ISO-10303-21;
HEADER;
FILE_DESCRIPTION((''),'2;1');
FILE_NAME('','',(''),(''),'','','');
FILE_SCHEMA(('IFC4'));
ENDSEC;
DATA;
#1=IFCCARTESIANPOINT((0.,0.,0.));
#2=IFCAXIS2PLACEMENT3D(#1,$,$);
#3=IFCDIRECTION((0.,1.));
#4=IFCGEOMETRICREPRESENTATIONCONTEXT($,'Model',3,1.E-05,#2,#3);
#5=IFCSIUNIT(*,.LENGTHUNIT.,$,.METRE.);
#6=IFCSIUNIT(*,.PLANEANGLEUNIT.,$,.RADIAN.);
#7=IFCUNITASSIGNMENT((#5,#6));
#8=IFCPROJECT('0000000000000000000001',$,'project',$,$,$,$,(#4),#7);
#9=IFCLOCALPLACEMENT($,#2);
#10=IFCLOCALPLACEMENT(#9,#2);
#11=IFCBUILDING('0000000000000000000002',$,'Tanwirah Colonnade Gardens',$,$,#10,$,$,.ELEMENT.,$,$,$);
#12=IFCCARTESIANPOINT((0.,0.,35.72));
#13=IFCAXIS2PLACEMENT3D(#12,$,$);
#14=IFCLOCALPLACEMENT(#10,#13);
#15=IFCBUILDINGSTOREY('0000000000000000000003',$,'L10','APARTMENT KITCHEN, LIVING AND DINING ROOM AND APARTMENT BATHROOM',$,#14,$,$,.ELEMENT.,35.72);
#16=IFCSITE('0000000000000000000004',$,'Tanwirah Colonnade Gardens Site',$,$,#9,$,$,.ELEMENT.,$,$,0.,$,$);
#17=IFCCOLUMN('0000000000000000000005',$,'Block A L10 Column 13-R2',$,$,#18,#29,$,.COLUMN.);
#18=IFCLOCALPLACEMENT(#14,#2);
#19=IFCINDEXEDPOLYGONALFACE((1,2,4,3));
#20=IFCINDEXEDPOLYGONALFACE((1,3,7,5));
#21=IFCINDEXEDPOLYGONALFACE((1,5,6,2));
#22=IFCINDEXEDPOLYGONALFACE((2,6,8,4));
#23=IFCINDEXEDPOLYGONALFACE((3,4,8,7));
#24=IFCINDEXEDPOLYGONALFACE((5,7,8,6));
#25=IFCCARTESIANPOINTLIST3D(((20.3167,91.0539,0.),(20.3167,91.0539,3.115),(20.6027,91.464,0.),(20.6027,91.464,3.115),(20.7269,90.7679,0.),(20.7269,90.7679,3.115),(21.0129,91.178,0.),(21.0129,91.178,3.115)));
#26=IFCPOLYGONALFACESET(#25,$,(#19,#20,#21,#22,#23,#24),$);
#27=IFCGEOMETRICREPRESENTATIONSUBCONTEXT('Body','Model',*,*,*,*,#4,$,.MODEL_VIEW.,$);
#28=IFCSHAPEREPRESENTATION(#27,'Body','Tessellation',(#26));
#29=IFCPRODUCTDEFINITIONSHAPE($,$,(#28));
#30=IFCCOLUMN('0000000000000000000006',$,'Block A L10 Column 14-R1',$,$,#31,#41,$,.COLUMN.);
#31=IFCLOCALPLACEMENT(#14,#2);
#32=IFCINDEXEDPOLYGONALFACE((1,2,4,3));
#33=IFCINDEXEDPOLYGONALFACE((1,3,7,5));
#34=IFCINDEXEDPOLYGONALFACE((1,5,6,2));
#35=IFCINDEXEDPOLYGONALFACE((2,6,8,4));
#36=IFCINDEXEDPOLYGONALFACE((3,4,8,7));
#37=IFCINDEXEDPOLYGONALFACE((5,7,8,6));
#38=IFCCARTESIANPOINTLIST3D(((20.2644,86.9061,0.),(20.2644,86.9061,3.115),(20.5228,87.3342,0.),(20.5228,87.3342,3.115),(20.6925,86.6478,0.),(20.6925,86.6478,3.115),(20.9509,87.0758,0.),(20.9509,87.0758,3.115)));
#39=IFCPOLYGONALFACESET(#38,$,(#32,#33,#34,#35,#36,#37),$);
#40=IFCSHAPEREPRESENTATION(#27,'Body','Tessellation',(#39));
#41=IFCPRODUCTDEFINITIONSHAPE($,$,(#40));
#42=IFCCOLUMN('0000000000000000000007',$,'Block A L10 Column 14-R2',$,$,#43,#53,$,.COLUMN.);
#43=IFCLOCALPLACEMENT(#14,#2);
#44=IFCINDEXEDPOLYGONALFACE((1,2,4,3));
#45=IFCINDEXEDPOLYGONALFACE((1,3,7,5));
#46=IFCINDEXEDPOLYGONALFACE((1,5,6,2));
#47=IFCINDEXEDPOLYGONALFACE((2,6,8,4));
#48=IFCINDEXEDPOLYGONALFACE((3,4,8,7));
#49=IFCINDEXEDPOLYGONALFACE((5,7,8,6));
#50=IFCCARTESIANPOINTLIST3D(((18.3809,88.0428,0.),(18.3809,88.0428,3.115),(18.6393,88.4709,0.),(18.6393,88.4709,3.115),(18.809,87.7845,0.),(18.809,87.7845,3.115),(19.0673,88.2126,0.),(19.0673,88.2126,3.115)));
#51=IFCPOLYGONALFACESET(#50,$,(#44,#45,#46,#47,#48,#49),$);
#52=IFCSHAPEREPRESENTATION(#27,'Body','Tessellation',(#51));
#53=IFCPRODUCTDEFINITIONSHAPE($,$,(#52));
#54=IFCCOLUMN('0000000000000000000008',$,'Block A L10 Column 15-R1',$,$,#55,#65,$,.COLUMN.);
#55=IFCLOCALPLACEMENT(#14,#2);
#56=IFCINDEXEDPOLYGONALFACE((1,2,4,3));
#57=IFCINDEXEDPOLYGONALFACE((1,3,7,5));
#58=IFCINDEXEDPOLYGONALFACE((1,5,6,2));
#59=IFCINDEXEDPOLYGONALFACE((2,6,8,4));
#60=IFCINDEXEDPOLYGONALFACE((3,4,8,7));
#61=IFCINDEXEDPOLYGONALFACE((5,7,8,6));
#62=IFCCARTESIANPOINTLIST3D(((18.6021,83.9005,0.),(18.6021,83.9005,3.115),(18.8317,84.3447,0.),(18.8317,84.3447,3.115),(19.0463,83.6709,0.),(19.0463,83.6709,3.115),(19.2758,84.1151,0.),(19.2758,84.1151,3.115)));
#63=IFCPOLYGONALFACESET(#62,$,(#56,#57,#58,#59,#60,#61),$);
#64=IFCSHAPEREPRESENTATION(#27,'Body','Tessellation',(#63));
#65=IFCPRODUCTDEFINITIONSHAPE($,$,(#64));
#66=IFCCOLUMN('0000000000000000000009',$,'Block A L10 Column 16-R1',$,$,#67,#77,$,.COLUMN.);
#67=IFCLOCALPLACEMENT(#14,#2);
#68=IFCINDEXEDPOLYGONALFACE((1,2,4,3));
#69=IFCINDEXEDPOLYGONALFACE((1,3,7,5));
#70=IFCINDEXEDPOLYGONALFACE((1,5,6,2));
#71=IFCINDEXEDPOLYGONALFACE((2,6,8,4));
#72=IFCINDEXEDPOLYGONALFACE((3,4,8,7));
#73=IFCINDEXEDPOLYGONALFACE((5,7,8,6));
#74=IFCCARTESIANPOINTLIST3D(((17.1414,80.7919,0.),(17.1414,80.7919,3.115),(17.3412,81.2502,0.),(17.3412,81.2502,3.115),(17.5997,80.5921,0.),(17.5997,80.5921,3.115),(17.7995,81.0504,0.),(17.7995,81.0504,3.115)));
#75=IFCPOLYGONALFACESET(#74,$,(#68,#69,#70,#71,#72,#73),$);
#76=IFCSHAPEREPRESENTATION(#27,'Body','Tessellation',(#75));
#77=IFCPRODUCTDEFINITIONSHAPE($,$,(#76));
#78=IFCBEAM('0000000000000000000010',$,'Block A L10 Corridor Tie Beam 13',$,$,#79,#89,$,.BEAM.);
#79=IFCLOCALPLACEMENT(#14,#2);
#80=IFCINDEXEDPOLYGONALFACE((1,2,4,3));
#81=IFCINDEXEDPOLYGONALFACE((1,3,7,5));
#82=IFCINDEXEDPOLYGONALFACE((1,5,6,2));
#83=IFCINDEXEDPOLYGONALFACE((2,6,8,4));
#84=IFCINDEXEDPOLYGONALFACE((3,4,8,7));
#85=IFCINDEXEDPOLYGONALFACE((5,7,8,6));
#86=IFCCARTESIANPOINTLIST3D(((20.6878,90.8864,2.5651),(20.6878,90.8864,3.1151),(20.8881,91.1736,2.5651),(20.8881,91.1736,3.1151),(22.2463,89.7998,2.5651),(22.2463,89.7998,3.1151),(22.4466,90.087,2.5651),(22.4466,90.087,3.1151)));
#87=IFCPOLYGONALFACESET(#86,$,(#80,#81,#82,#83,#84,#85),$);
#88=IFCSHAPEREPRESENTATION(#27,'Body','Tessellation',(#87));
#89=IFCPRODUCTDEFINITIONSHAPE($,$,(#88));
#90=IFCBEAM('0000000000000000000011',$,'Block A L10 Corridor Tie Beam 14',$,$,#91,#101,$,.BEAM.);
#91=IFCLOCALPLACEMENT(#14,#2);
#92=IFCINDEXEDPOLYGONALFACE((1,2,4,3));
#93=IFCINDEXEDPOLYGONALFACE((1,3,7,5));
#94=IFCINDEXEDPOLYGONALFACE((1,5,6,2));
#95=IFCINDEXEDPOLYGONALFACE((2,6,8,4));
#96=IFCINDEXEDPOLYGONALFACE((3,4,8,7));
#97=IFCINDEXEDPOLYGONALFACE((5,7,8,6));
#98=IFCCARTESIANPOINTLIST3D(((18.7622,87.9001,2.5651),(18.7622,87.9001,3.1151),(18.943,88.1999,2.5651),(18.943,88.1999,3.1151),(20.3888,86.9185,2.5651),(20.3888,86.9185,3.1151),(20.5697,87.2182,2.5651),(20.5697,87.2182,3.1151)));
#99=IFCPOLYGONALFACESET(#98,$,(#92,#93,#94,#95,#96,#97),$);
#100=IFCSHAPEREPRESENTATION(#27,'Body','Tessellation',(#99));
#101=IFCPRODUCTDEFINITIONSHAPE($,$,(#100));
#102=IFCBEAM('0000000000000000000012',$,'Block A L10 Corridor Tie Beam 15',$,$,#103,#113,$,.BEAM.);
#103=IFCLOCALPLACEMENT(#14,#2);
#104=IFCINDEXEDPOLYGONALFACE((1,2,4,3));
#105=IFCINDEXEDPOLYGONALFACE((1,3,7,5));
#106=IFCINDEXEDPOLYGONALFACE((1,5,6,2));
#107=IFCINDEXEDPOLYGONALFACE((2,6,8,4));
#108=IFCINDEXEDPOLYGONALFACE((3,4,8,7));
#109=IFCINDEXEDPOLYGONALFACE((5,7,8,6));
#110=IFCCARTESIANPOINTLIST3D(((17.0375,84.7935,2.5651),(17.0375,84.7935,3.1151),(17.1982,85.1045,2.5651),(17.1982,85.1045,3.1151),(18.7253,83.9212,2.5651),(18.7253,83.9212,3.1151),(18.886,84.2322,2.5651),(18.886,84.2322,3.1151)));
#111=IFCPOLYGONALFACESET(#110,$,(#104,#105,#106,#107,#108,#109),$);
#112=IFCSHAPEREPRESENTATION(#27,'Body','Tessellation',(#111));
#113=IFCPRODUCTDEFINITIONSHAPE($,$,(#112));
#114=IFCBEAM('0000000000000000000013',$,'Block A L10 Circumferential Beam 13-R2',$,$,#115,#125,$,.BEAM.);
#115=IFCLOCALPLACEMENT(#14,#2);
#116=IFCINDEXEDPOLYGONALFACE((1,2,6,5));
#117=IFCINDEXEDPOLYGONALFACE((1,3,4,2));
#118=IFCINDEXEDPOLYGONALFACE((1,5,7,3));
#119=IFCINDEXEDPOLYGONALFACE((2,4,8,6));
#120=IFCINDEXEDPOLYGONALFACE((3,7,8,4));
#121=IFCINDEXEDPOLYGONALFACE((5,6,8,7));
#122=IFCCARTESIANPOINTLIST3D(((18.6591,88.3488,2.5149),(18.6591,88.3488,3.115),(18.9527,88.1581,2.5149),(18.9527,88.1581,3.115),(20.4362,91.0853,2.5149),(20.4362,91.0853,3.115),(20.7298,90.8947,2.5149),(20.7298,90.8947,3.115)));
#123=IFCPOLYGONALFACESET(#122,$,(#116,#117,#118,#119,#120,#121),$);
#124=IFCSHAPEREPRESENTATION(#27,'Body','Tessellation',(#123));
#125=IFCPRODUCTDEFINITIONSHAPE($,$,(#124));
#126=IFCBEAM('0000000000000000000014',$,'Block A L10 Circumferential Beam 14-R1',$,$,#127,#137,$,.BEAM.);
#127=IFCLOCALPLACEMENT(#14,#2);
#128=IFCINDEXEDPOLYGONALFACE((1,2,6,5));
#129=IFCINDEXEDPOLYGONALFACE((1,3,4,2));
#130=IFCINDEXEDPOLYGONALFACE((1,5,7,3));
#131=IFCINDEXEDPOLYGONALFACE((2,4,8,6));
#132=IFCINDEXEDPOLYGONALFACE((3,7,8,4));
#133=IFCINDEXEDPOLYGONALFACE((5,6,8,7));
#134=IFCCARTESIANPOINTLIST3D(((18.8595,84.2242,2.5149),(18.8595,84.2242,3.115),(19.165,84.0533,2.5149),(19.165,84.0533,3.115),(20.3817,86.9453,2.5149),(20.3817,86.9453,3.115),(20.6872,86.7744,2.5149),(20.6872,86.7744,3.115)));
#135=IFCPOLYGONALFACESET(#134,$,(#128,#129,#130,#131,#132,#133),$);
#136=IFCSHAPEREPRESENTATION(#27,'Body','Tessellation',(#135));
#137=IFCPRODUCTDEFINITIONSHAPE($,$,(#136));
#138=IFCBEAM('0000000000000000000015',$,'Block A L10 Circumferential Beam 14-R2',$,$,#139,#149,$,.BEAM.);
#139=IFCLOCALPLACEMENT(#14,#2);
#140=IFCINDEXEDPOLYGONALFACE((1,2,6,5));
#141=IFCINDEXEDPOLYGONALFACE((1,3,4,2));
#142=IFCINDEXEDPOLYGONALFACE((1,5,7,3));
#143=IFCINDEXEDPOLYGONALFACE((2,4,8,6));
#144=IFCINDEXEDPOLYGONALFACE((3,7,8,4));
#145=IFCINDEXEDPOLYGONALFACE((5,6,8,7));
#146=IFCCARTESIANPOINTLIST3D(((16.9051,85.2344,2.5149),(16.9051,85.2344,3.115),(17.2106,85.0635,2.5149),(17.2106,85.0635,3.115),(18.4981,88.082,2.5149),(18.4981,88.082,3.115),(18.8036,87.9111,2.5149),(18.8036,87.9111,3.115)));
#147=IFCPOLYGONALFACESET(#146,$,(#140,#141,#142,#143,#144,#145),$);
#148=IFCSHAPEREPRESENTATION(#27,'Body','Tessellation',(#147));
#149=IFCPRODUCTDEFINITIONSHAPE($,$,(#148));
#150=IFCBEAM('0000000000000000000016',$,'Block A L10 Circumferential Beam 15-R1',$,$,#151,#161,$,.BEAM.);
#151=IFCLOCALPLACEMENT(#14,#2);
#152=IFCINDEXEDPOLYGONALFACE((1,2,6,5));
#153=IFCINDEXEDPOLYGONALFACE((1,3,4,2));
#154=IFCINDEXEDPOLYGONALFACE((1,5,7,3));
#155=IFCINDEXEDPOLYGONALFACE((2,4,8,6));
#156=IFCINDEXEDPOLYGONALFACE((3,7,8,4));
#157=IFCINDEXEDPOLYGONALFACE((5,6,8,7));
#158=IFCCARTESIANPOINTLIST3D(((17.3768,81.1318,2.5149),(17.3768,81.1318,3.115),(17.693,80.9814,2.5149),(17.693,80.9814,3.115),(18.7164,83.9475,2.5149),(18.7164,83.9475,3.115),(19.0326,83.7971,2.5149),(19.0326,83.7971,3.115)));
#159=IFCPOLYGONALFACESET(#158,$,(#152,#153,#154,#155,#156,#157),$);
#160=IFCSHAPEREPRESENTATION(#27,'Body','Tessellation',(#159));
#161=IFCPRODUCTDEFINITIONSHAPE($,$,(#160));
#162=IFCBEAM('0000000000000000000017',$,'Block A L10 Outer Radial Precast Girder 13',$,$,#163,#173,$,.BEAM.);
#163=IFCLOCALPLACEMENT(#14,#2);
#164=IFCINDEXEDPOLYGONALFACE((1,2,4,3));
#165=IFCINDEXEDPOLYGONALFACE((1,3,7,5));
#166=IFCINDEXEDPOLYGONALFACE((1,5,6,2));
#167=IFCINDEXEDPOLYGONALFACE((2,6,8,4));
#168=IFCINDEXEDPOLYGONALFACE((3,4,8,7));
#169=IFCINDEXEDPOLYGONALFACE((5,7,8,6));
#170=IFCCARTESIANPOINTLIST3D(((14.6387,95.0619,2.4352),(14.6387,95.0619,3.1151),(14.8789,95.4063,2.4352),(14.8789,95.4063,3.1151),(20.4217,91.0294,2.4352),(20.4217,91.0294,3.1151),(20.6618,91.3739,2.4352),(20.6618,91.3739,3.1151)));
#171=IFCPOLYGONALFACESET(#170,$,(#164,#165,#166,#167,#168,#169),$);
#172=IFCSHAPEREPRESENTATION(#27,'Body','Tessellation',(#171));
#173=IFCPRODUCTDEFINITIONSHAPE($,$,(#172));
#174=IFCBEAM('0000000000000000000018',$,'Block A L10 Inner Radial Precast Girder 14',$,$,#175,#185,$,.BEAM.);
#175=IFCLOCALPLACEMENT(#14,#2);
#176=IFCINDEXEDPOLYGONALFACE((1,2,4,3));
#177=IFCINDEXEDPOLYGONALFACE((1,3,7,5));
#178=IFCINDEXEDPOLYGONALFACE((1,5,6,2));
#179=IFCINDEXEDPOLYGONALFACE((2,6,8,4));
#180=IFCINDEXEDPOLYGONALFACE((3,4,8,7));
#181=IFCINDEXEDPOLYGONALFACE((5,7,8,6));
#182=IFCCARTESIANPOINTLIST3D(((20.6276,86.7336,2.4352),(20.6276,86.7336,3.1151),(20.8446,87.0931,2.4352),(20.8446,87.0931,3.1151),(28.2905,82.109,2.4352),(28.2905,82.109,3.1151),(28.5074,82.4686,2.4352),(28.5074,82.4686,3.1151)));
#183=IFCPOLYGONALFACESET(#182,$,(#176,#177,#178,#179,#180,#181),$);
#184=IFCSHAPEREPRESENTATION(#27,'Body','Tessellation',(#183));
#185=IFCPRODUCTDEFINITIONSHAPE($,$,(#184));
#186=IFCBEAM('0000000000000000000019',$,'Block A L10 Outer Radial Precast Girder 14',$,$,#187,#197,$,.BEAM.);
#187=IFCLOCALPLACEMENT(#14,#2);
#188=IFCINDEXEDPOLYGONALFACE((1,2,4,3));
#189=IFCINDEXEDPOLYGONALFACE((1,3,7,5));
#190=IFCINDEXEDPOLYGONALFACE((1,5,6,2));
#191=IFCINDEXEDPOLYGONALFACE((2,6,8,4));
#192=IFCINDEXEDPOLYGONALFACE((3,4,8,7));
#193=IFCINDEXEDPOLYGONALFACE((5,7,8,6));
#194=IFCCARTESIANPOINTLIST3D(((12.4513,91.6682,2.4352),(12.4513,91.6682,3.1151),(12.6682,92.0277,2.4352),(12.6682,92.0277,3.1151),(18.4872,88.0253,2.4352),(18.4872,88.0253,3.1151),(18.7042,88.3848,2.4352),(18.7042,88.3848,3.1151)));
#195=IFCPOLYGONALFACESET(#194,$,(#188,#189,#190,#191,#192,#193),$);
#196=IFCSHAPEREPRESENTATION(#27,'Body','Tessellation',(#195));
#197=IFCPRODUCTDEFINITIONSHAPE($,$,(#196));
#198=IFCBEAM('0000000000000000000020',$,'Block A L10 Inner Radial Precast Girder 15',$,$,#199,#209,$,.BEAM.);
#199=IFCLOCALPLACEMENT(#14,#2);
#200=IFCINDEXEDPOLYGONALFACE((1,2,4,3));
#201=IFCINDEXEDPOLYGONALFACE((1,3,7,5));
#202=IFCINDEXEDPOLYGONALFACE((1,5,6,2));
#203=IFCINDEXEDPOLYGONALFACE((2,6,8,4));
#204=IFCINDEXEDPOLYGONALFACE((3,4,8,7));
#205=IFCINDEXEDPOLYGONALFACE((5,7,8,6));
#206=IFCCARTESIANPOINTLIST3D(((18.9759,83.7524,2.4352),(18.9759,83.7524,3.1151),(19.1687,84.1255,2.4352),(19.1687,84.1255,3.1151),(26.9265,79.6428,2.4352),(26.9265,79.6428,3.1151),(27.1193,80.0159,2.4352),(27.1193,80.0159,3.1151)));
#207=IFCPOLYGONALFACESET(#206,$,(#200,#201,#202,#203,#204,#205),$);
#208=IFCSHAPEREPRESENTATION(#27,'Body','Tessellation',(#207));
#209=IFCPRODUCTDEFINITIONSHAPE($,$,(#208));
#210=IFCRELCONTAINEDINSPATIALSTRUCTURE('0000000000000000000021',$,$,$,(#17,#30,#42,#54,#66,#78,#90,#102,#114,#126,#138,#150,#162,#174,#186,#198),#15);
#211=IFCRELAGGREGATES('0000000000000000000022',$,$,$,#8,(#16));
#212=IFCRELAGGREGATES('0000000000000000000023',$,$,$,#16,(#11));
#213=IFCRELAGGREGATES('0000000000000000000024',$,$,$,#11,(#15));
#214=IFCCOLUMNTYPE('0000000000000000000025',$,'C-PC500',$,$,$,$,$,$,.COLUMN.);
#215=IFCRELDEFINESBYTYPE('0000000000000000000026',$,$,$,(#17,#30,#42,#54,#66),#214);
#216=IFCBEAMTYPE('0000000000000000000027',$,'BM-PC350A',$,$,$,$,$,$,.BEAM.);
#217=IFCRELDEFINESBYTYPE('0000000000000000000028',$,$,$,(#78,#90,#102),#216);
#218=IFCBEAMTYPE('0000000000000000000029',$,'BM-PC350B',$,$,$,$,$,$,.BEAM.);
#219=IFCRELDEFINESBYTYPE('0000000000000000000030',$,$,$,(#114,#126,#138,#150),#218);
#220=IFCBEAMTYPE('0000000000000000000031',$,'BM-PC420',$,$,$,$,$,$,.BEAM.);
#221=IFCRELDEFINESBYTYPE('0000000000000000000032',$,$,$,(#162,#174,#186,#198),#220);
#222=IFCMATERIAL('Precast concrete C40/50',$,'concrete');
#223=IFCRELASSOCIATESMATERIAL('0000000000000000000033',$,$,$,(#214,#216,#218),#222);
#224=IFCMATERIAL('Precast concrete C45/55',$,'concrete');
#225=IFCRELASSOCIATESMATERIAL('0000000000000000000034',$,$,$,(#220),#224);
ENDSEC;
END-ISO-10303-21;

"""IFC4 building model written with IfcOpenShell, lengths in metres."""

from ifc_helpers import new_model, si_unit, direction, frame, origin, origin_2d, place, context, subcontext, project, spatial, rectangle, extrude, material, material_profile, profile_set, type_object, element, save


model = new_model("IFC4")

# Units and contexts
model_context = context("Model", 3, precision=1e-05, world=origin(), true_north=direction((0.0, 1.0)))
body_context = subcontext(model_context, "Body", "Model", "MODEL_VIEW")
ifc_project = project(units=[si_unit("LENGTHUNIT", "METRE"), si_unit("PLANEANGLEUNIT", "RADIAN")], contexts=[model_context])

# Site, building, storey
site_placement = place(None, origin())
site = spatial("IfcSite", under=ifc_project, at=site_placement, Name="Tanwirah Colonnade Gardens Site", CompositionType="ELEMENT", RefElevation=0.0)
building_placement = place(site_placement, origin())
building = spatial("IfcBuilding", under=site, at=building_placement, Name="Tanwirah Colonnade Gardens", CompositionType="ELEMENT")
storey_placement = place(building_placement, frame((0.0, 0.0, 35.72)))
storey = spatial("IfcBuildingStorey", under=building, at=storey_placement, Name="L10", Description="APARTMENT KITCHEN, LIVING AND DINING ROOM AND APARTMENT BATHROOM", CompositionType="ELEMENT", Elevation=35.72)

# Columns
ifc_material_1 = material(Name="Precast concrete C40/50", Category="concrete")
ifc_material_profile_1 = material_profile(ifc_material_1, rectangle(XDim=0.5, YDim=0.5, at=origin_2d()), Name="PC-COL 500x500")
ifc_profile_set_1 = profile_set([ifc_material_profile_1], Name="Precast concrete C40/50")
column_type = type_object("IfcColumnType", Name="C-PC500", PredefinedType="COLUMN", material=ifc_profile_set_1)
for number, where, z_axis, x_axis, name in (
    (1, (20.6648, 91.116, 0.0), (0.0, 0.0, 1.0), (-0.820263, 0.571987, 0.0), "Block A L10 Column 13-R2"),
    (2, (20.6077, 86.991, 0.0), (0.0, 0.0, 1.0), (-0.856167, 0.516699, 0.0), "Block A L10 Column 14-R1"),
    (3, (18.7241, 88.1277, 0.0), (0.0, 0.0, 1.0), (-0.856167, 0.516699, 0.0), "Block A L10 Column 14-R2"),
    (4, (18.939, 84.0078, 0.0), (0.0, 0.0, 1.0), (-0.88835, 0.459166, 0.0), "Block A L10 Column 15-R1"),
    (5, (17.4705, 80.9211, 0.0), (0.0, 0.0, 1.0), (-0.916673, 0.399638, 0.0), "Block A L10 Column 16-R1"),
):
    element("IfcColumn", number, at=place(storey_placement, frame(where, z_axis=z_axis, x_axis=x_axis)), inside=storey, type_object=column_type, Name=name, PredefinedType="COLUMN", context=body_context, shape_type="SweptSolid", body=[
        extrude(rectangle(XDim=0.5, YDim=0.5, at=origin_2d()), origin(), (0.0, 0.0, 1.0), 3.115),
    ])

# Beams
ifc_material_profile_2 = material_profile(ifc_material_1, rectangle(XDim=0.3501, YDim=0.55, at=origin_2d()), Name="PC-BM 350x550")
ifc_profile_set_2 = profile_set([ifc_material_profile_2], Name="Precast concrete C40/50")
beam_type_1 = type_object("IfcBeamType", Name="BM-PC350A", PredefinedType="BEAM", material=ifc_profile_set_2)
for number, where, z_axis, x_axis, name in (
    (6, (22.3464, 89.9434, 2.8401), (-0.820305, 0.571926, 0.0), (-0.571926, -0.820305, 0.0), "Block A L10 Corridor Tie Beam 13"),
    (7, (20.4792, 87.0684, 2.8401), (-0.856175, 0.516686, 0.0), (-0.516686, -0.856175, 0.0), "Block A L10 Corridor Tie Beam 14"),
    (8, (18.8057, 84.0767, 2.8401), (-0.888359, 0.45915, 0.0), (-0.45915, -0.888359, 0.0), "Block A L10 Corridor Tie Beam 15"),
):
    element("IfcBeam", number, at=place(storey_placement, frame(where, z_axis=z_axis, x_axis=x_axis)), inside=storey, type_object=beam_type_1, Name=name, PredefinedType="BEAM", context=body_context, shape_type="SweptSolid", body=[
        extrude(rectangle(XDim=0.3501, YDim=0.55, at=origin_2d()), origin(), (0.0, 0.0, 1.0), 1.8999),
    ])
ifc_material_profile_3 = material_profile(ifc_material_1, rectangle(XDim=0.3501, YDim=0.6001, at=origin_2d()), Name="PC-BM 350x600")
ifc_profile_set_3 = profile_set([ifc_material_profile_3], Name="Precast concrete C40/50")
beam_type_2 = type_object("IfcBeamType", Name="BM-PC350B", PredefinedType="BEAM", material=ifc_profile_set_3)
beam_1_placement = place(storey_placement, frame((20.583, 90.99, 2.8149), z_axis=(-0.544628, -0.838678, 0.0), x_axis=(0.838678, -0.544628, 0.0)))
element("IfcBeam", 9, at=beam_1_placement, inside=storey, type_object=beam_type_2, Name="Block A L10 Circumferential Beam 13-R2", PredefinedType="BEAM", context=body_context, shape_type="SweptSolid", body=[
    extrude(rectangle(XDim=0.3501, YDim=0.6001, at=origin_2d()), origin(), (0.0, 0.0, 1.0), 3.2629),
])
beam_2_placement = place(storey_placement, frame((20.5344, 86.8599, 2.8149), z_axis=(-0.4882, -0.872732, 0.0), x_axis=(0.872732, -0.4882, 0.0)))
element("IfcBeam", 10, at=beam_2_placement, inside=storey, type_object=beam_type_2, Name="Block A L10 Circumferential Beam 14-R1", PredefinedType="BEAM", context=body_context, shape_type="SweptSolid", body=[
    extrude(rectangle(XDim=0.3501, YDim=0.6001, at=origin_2d()), origin(), (0.0, 0.0, 1.0), 3.1179),
])
beam_3_placement = place(storey_placement, frame((18.6509, 87.9966, 2.8149), z_axis=(-0.488214, -0.872724, 0.0), x_axis=(0.872724, -0.488214, 0.0)))
element("IfcBeam", 11, at=beam_3_placement, inside=storey, type_object=beam_type_2, Name="Block A L10 Circumferential Beam 14-R2", PredefinedType="BEAM", context=body_context, shape_type="SweptSolid", body=[
    extrude(rectangle(XDim=0.3501, YDim=0.6001, at=origin_2d()), origin(), (0.0, 0.0, 1.0), 3.2629),
])
beam_4_placement = place(storey_placement, frame((18.8745, 83.8723, 2.8149), z_axis=(-0.429621, -0.90301, 0.0), x_axis=(0.90301, -0.429621, 0.0)))
element("IfcBeam", 12, at=beam_4_placement, inside=storey, type_object=beam_type_2, Name="Block A L10 Circumferential Beam 15-R1", PredefinedType="BEAM", context=body_context, shape_type="SweptSolid", body=[
    extrude(rectangle(XDim=0.3501, YDim=0.6001, at=origin_2d()), origin(), (0.0, 0.0, 1.0), 3.1182),
])
ifc_material_2 = material(Name="Precast concrete C45/55", Category="concrete")
ifc_material_profile_4 = material_profile(ifc_material_2, rectangle(XDim=0.4199, YDim=0.6799, at=origin_2d()), Name="PC-BM 420x680")
ifc_profile_set_4 = profile_set([ifc_material_profile_4], Name="Precast concrete C45/55")
beam_type_3 = type_object("IfcBeamType", Name="BM-PC420", PredefinedType="BEAM", material=ifc_profile_set_4)
beam_5_placement = place(storey_placement, frame((20.5417, 91.2017, 2.7751), z_axis=(-0.82027, 0.571976, 0.0), x_axis=(-0.571976, -0.82027, 0.0)))
element("IfcBeam", 13, at=beam_5_placement, inside=storey, type_object=beam_type_3, Name="Block A L10 Outer Radial Precast Girder 13", PredefinedType="BEAM", context=body_context, shape_type="SweptSolid", body=[
    extrude(rectangle(XDim=0.4199, YDim=0.6799, at=origin_2d()), origin(), (0.0, 0.0, 1.0), 7.05),
])
beam_6_placement = place(storey_placement, frame((20.7361, 86.9133, 2.7751), z_axis=(0.856169, -0.516696, 0.0), x_axis=(0.516696, 0.856169, 0.0)))
element("IfcBeam", 14, at=beam_6_placement, inside=storey, type_object=beam_type_3, Name="Block A L10 Inner Radial Precast Girder 14", PredefinedType="BEAM", context=body_context, shape_type="SweptSolid", body=[
    extrude(rectangle(XDim=0.4199, YDim=0.6799, at=origin_2d()), origin(), (0.0, 0.0, 1.0), 8.9502),
])
beam_7_placement = place(storey_placement, frame((18.5957, 88.2051, 2.7751), z_axis=(-0.856158, 0.516714, 0.0), x_axis=(-0.516714, -0.856158, 0.0)))
element("IfcBeam", 15, at=beam_7_placement, inside=storey, type_object=beam_type_3, Name="Block A L10 Outer Radial Precast Girder 14", PredefinedType="BEAM", context=body_context, shape_type="SweptSolid", body=[
    extrude(rectangle(XDim=0.4199, YDim=0.6799, at=origin_2d()), origin(), (0.0, 0.0, 1.0), 7.05),
])
beam_8_placement = place(storey_placement, frame((19.0723, 83.939, 2.7751), z_axis=(0.888345, -0.459176, 0.0), x_axis=(0.459176, 0.888345, 0.0)))
element("IfcBeam", 16, at=beam_8_placement, inside=storey, type_object=beam_type_3, Name="Block A L10 Inner Radial Precast Girder 15", PredefinedType="BEAM", context=body_context, shape_type="SweptSolid", body=[
    extrude(rectangle(XDim=0.4199, YDim=0.6799, at=origin_2d()), origin(), (0.0, 0.0, 1.0), 8.95),
])

save(model, "model.ifc")
